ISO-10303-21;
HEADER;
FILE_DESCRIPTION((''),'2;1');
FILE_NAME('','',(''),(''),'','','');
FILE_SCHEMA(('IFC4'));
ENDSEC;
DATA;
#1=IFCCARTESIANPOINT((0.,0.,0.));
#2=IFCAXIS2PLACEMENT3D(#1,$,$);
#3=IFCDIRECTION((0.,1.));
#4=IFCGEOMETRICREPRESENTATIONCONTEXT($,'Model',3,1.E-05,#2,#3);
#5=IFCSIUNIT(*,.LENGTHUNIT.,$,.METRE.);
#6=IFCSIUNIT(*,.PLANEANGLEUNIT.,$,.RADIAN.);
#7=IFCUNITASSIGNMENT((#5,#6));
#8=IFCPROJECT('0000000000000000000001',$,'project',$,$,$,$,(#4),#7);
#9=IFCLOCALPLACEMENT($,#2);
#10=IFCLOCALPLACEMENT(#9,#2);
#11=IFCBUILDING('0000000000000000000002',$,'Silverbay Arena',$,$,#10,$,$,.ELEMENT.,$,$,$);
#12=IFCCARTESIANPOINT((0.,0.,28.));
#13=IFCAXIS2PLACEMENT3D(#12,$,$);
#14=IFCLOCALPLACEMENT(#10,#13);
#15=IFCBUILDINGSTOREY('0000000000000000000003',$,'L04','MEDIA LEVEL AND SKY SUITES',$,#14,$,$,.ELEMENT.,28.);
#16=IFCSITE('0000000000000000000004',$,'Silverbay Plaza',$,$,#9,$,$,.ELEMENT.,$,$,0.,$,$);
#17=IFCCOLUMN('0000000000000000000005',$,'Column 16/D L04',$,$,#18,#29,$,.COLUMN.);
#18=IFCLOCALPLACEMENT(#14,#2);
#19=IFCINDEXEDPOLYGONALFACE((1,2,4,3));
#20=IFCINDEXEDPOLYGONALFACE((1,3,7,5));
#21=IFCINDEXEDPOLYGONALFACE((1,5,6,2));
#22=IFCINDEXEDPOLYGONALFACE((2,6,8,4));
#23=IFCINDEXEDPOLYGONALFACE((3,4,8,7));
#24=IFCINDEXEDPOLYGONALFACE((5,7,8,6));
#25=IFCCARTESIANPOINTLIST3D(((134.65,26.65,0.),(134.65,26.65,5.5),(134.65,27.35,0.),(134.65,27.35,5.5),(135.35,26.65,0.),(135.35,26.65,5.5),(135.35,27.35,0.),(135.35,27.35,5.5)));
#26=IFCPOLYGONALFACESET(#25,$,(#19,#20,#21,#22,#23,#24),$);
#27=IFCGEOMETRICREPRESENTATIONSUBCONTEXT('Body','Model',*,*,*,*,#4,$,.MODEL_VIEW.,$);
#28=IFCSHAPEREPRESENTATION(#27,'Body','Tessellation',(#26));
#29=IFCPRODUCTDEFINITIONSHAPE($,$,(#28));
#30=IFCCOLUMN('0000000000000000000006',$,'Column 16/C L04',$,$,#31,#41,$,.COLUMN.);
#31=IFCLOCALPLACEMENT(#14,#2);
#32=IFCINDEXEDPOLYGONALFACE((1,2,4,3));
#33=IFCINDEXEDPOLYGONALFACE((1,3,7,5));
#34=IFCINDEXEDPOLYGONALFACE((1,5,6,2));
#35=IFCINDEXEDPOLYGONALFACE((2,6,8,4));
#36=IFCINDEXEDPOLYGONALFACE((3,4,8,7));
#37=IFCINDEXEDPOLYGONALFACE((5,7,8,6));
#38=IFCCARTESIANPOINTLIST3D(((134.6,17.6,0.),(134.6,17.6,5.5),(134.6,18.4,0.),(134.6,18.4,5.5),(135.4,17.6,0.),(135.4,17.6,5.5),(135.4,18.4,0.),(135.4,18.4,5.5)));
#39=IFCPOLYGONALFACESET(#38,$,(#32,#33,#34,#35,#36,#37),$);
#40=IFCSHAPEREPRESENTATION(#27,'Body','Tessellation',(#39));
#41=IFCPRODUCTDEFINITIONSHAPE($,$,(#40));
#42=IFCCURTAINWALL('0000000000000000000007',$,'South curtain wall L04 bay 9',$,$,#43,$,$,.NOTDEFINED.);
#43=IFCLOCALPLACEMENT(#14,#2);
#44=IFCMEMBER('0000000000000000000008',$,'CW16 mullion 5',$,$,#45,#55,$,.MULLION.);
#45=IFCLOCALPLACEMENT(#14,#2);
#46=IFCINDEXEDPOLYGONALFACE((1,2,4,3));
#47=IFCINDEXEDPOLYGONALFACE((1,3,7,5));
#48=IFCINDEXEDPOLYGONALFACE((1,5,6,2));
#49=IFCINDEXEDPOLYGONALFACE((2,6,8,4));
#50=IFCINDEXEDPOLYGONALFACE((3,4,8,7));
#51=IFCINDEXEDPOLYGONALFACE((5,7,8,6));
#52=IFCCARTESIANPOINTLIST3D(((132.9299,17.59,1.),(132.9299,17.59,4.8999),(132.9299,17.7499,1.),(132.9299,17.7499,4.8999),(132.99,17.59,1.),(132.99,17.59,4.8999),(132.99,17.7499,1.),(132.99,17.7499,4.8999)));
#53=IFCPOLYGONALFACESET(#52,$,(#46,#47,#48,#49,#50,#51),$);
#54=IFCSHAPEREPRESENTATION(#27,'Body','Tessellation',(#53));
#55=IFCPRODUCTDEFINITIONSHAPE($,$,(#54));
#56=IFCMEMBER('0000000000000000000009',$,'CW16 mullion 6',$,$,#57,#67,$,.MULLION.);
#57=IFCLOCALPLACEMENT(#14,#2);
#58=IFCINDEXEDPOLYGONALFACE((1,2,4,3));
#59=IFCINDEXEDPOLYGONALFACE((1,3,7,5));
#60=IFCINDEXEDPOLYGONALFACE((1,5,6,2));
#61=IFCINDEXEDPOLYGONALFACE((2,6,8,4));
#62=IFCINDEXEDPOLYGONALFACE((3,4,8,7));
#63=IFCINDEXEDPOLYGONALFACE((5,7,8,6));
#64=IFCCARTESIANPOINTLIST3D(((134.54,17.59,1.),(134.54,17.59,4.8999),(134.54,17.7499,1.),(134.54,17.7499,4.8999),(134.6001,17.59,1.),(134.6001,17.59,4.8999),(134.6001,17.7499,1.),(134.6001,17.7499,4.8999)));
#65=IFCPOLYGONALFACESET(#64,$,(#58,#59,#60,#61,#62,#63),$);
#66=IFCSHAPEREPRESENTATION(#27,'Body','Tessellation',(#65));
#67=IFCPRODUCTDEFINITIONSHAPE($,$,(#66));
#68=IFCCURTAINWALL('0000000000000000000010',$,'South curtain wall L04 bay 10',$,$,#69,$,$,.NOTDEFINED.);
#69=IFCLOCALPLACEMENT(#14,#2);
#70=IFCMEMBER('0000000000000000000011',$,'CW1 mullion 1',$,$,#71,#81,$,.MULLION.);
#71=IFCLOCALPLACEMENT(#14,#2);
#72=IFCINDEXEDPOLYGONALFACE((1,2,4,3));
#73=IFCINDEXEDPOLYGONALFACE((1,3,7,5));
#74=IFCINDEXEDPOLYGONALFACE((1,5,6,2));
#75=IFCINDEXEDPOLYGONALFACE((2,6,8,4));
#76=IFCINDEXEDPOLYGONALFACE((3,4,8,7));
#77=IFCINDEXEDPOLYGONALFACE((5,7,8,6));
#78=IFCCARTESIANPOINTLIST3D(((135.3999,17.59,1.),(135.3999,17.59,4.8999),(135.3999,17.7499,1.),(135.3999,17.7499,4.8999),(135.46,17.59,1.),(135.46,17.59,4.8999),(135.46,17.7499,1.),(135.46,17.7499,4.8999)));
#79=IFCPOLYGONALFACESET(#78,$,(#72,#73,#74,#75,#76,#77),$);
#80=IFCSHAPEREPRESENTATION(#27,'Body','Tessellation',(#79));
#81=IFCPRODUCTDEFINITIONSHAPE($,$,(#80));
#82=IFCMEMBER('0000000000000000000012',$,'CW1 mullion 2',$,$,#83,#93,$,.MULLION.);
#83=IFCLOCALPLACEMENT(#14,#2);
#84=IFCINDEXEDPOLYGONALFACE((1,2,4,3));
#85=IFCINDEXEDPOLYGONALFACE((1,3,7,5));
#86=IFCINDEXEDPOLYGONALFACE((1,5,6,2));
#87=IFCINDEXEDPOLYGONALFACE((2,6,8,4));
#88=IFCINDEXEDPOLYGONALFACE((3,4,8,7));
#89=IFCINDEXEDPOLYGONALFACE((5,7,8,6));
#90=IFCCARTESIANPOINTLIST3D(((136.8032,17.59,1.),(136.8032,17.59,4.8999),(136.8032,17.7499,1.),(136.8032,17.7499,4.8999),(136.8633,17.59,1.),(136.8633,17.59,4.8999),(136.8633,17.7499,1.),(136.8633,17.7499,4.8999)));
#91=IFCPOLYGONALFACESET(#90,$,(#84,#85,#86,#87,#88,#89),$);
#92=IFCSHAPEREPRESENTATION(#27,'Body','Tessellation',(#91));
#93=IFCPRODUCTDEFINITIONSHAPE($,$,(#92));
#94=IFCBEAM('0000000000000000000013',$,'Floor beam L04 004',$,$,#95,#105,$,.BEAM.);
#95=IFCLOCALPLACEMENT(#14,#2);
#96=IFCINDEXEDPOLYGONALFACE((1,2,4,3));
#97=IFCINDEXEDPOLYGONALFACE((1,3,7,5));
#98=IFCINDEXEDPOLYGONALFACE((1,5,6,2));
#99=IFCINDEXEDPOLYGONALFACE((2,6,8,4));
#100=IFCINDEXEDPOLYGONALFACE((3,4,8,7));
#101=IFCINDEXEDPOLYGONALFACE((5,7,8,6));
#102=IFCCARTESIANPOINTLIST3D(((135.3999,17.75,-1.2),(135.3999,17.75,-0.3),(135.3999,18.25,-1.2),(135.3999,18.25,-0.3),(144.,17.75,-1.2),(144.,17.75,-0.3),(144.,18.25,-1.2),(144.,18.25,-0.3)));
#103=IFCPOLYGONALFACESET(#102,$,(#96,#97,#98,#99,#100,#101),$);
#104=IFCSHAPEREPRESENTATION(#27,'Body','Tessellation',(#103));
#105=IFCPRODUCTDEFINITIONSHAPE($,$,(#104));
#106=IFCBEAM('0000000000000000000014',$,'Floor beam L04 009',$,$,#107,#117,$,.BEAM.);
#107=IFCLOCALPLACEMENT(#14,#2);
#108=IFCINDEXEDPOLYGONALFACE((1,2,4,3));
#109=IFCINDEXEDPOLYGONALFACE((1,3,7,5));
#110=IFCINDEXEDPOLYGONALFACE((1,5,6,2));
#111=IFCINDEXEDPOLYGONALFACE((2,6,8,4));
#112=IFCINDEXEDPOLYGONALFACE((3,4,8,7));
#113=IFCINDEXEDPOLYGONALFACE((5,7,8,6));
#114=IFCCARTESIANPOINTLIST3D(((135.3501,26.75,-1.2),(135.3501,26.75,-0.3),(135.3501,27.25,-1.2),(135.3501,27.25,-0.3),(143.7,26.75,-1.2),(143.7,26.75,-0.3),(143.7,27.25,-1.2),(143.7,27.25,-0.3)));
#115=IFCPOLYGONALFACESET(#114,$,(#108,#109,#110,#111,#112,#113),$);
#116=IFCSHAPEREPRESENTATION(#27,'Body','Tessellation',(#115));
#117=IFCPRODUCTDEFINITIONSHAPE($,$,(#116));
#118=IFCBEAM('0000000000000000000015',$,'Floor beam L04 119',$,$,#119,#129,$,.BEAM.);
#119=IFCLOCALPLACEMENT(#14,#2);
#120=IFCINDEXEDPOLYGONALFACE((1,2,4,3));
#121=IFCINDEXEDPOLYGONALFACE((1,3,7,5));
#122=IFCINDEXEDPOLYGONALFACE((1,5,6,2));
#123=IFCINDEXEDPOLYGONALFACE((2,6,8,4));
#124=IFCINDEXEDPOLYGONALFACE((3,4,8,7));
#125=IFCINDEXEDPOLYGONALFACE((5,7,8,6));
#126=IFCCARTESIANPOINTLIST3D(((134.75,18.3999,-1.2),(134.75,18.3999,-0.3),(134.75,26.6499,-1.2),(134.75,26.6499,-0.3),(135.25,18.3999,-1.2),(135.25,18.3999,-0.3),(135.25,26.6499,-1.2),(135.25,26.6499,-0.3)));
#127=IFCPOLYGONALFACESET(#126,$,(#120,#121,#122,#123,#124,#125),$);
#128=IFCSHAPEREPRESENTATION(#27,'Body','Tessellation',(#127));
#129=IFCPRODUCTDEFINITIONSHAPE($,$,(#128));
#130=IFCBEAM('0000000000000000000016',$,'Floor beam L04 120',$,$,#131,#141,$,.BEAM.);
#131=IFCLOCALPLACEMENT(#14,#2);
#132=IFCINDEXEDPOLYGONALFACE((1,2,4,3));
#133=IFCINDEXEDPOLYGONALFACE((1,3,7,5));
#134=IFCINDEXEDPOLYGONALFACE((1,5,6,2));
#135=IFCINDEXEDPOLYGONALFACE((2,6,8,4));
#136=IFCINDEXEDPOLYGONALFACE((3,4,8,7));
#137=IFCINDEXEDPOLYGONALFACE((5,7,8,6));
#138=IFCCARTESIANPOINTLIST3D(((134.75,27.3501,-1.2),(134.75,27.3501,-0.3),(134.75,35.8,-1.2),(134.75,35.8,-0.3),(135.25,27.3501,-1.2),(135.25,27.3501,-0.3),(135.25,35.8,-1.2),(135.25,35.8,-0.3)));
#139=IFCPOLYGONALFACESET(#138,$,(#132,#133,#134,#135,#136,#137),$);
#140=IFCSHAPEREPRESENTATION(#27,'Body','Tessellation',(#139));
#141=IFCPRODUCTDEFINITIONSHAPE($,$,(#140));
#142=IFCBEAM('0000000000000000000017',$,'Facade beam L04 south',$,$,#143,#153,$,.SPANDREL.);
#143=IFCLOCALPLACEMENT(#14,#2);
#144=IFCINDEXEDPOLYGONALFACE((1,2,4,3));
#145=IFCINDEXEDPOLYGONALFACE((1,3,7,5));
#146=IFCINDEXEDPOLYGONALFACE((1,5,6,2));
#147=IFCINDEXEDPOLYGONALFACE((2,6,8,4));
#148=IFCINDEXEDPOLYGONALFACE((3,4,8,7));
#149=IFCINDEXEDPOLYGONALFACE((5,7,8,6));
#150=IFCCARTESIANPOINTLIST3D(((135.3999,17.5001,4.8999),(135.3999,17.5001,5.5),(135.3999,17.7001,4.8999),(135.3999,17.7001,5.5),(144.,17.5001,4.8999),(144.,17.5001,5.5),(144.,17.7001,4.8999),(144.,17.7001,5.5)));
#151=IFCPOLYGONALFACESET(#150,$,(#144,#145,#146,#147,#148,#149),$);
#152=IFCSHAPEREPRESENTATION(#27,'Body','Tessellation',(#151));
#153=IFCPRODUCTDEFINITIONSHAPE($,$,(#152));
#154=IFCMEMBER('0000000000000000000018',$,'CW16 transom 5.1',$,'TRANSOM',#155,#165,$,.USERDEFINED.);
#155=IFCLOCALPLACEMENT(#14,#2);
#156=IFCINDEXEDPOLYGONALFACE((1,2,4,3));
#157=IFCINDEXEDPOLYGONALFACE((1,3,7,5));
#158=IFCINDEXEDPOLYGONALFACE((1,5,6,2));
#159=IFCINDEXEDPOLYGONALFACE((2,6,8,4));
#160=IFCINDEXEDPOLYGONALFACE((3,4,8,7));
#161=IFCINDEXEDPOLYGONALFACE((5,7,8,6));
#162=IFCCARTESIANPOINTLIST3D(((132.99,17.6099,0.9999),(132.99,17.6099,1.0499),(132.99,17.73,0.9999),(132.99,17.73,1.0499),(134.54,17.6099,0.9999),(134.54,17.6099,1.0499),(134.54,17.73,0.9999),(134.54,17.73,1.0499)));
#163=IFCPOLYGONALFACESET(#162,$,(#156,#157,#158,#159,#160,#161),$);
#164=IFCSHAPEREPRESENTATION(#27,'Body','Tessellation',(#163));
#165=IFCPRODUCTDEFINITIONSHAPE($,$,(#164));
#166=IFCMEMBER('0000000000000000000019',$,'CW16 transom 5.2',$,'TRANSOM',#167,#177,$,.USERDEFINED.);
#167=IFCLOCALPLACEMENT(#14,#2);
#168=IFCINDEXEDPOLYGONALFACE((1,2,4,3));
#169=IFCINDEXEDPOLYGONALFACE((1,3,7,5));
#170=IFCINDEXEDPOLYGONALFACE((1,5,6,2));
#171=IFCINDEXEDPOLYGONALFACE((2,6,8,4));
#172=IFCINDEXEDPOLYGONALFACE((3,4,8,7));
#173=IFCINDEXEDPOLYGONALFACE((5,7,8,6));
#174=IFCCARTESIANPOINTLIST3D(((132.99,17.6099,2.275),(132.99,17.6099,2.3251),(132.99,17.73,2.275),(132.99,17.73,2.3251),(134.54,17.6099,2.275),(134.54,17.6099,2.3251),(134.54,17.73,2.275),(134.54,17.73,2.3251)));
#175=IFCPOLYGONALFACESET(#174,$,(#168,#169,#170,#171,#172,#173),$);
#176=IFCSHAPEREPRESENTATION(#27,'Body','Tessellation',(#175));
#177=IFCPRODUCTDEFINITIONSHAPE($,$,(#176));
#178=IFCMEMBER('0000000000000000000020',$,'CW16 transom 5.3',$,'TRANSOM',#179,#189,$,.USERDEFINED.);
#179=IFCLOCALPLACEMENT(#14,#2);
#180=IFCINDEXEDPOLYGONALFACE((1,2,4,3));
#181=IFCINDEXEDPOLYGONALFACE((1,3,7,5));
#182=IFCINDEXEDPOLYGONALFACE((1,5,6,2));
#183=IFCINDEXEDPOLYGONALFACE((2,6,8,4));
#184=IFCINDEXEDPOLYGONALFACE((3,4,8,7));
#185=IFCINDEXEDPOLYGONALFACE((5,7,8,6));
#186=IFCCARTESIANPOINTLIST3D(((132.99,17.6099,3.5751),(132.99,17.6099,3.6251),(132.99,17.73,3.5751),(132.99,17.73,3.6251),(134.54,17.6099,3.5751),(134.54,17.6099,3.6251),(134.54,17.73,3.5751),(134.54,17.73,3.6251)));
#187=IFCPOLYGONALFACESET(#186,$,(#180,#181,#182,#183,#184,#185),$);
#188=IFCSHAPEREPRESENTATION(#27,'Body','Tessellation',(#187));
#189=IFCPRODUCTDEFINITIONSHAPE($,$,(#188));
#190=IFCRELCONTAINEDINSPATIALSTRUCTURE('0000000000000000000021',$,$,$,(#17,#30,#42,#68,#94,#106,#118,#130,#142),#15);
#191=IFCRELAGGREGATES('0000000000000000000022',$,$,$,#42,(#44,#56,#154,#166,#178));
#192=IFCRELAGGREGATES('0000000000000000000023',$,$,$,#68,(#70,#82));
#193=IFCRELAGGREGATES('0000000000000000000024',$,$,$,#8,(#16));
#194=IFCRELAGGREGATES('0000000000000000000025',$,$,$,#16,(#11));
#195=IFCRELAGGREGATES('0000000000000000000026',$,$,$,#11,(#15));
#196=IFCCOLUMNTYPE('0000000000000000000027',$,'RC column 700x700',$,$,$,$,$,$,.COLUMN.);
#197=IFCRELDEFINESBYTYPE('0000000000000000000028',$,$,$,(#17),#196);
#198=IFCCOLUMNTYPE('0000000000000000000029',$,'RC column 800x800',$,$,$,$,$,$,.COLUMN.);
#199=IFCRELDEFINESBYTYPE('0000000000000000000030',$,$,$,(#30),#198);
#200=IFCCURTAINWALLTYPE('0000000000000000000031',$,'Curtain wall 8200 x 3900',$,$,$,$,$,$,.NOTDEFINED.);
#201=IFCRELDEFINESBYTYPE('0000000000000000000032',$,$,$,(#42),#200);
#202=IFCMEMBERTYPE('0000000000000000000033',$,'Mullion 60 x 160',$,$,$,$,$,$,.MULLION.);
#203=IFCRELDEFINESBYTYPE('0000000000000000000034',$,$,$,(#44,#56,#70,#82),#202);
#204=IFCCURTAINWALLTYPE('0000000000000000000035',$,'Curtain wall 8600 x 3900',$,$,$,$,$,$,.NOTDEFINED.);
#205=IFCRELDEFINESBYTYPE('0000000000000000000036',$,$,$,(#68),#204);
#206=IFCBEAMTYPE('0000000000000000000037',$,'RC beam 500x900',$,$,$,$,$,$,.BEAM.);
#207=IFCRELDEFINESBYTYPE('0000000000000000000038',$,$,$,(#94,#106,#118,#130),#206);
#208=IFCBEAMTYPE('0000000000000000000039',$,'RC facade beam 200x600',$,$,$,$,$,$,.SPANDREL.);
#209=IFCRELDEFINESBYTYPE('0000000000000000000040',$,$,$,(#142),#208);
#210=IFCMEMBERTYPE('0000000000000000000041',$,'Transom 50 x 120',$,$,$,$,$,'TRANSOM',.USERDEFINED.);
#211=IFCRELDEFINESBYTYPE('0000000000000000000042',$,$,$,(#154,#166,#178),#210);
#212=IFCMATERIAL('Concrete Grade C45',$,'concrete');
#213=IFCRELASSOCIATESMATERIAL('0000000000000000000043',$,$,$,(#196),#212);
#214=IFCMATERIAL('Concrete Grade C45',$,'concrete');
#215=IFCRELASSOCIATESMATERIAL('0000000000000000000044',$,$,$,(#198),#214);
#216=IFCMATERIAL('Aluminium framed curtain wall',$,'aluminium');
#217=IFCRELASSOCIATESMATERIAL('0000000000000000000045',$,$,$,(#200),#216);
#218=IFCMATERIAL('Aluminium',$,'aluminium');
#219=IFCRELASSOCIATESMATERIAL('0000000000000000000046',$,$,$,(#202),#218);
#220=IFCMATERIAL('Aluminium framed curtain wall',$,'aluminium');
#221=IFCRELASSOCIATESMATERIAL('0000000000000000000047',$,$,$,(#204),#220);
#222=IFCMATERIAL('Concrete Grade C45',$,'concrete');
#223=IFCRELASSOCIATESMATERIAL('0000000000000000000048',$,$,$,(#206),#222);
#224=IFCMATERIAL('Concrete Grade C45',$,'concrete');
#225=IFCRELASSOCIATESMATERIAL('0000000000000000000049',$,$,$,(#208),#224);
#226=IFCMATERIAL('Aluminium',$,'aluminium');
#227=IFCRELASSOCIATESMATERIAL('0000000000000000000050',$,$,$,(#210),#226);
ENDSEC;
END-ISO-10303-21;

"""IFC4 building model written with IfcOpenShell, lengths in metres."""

from ifc_helpers import new_model, si_unit, direction, frame, origin, origin_2d, place, context, subcontext, project, spatial, rectangle, extrude, material, material_profile, profile_set, type_object, element, aggregate, save


model = new_model("IFC4")

# Units and contexts
model_context = context("Model", 3, precision=1e-05, world=origin(), true_north=direction((0.0, 1.0)))
body_context = subcontext(model_context, "Body", "Model", "MODEL_VIEW")
ifc_project = project(units=[si_unit("LENGTHUNIT", "METRE"), si_unit("PLANEANGLEUNIT", "RADIAN")], contexts=[model_context])

# Site, building, storey
site_placement = place(None, origin())
site = spatial("IfcSite", under=ifc_project, at=site_placement, Name="Silverbay Plaza", CompositionType="ELEMENT", RefElevation=0.0)
building_placement = place(site_placement, origin())
building = spatial("IfcBuilding", under=site, at=building_placement, Name="Silverbay Arena", CompositionType="ELEMENT")
storey_placement = place(building_placement, frame((0.0, 0.0, 28.0)))
storey = spatial("IfcBuildingStorey", under=building, at=storey_placement, Name="L04", Description="MEDIA LEVEL AND SKY SUITES", CompositionType="ELEMENT", Elevation=28.0)

# Columns
ifc_material_1 = material(Name="Concrete Grade C45", Category="concrete")
ifc_material_profile_1 = material_profile(ifc_material_1, rectangle(XDim=0.7, YDim=0.7, at=origin_2d()), Name="RC 700x700")
ifc_profile_set_1 = profile_set([ifc_material_profile_1], Name="Concrete Grade C45")
column_type_1 = type_object("IfcColumnType", Name="RC column 700x700", PredefinedType="COLUMN", material=ifc_profile_set_1)
column_1_placement = place(storey_placement, frame((135.0, 27.0, 0.0), z_axis=(0.0, 0.0, 1.0), x_axis=(1.0, 0.0, 0.0)))
element("IfcColumn", 1, at=column_1_placement, inside=storey, type_object=column_type_1, Name="Column 16/D L04", PredefinedType="COLUMN", context=body_context, shape_type="SweptSolid", body=[
    extrude(rectangle(XDim=0.7, YDim=0.7, at=origin_2d()), origin(), (0.0, 0.0, 1.0), 5.5),
])
ifc_material_2 = material(Name="Concrete Grade C45", Category="concrete")
ifc_material_profile_2 = material_profile(ifc_material_2, rectangle(XDim=0.8, YDim=0.8, at=origin_2d()), Name="RC 800x800")
ifc_profile_set_2 = profile_set([ifc_material_profile_2], Name="Concrete Grade C45")
column_type_2 = type_object("IfcColumnType", Name="RC column 800x800", PredefinedType="COLUMN", material=ifc_profile_set_2)
column_2_placement = place(storey_placement, frame((135.0, 18.0, 0.0), z_axis=(0.0, 0.0, 1.0), x_axis=(1.0, 0.0, 0.0)))
element("IfcColumn", 2, at=column_2_placement, inside=storey, type_object=column_type_2, Name="Column 16/C L04", PredefinedType="COLUMN", context=body_context, shape_type="SweptSolid", body=[
    extrude(rectangle(XDim=0.8, YDim=0.8, at=origin_2d()), origin(), (0.0, 0.0, 1.0), 5.5),
])

# Curtain walls, members
ifc_material_3 = material(Name="Aluminium framed curtain wall", Category="aluminium")
curtain_wall_type_1 = type_object("IfcCurtainWallType", Name="Curtain wall 8200 x 3900", PredefinedType="NOTDEFINED", material=ifc_material_3)
curtain_wall_1_placement = place(storey_placement, origin())
curtain_wall_1 = element("IfcCurtainWall", 3, at=curtain_wall_1_placement, inside=storey, type_object=curtain_wall_type_1, Name="South curtain wall L04 bay 9", PredefinedType="NOTDEFINED")
ifc_material_4 = material(Name="Aluminium", Category="aluminium")
ifc_material_profile_3 = material_profile(ifc_material_4, rectangle(XDim=0.1599, YDim=0.0601, at=origin_2d()), Name="Mullion 60 x 160")
ifc_profile_set_3 = profile_set([ifc_material_profile_3], Name="Aluminium")
member_type_1 = type_object("IfcMemberType", Name="Mullion 60 x 160", PredefinedType="MULLION", material=ifc_profile_set_3)
member_1_placement = place(storey_placement, frame((132.96, 17.6699, 1.0), z_axis=(0.0, 0.0, 1.0), x_axis=(0.0, 1.0, 0.0)))
member_1 = element("IfcMember", 4, at=member_1_placement, type_object=member_type_1, Name="CW16 mullion 5", PredefinedType="MULLION", context=body_context, shape_type="SweptSolid", body=[
    extrude(rectangle(XDim=0.1599, YDim=0.0601, at=origin_2d()), origin(), (0.0, 0.0, 1.0), 3.8999),
])
member_2_placement = place(storey_placement, frame((134.5701, 17.6699, 1.0), z_axis=(0.0, 0.0, 1.0), x_axis=(0.0, 1.0, 0.0)))
member_2 = element("IfcMember", 5, at=member_2_placement, type_object=member_type_1, Name="CW16 mullion 6", PredefinedType="MULLION", context=body_context, shape_type="SweptSolid", body=[
    extrude(rectangle(XDim=0.1599, YDim=0.0601, at=origin_2d()), origin(), (0.0, 0.0, 1.0), 3.8999),
])
ifc_material_5 = material(Name="Aluminium framed curtain wall", Category="aluminium")
curtain_wall_type_2 = type_object("IfcCurtainWallType", Name="Curtain wall 8600 x 3900", PredefinedType="NOTDEFINED", material=ifc_material_5)
curtain_wall_2_placement = place(storey_placement, origin())
curtain_wall_2 = element("IfcCurtainWall", 6, at=curtain_wall_2_placement, inside=storey, type_object=curtain_wall_type_2, Name="South curtain wall L04 bay 10", PredefinedType="NOTDEFINED")
member_3_placement = place(storey_placement, frame((135.4299, 17.6699, 1.0), z_axis=(0.0, 0.0, 1.0), x_axis=(0.0, 1.0, 0.0)))
member_3 = element("IfcMember", 7, at=member_3_placement, type_object=member_type_1, Name="CW1 mullion 1", PredefinedType="MULLION", context=body_context, shape_type="SweptSolid", body=[
    extrude(rectangle(XDim=0.1599, YDim=0.0601, at=origin_2d()), origin(), (0.0, 0.0, 1.0), 3.8999),
])
member_4_placement = place(storey_placement, frame((136.8333, 17.6699, 1.0), z_axis=(0.0, 0.0, 1.0), x_axis=(0.0, 1.0, 0.0)))
member_4 = element("IfcMember", 8, at=member_4_placement, type_object=member_type_1, Name="CW1 mullion 2", PredefinedType="MULLION", context=body_context, shape_type="SweptSolid", body=[
    extrude(rectangle(XDim=0.1599, YDim=0.0601, at=origin_2d()), origin(), (0.0, 0.0, 1.0), 3.8999),
])

# Beams
ifc_material_6 = material(Name="Concrete Grade C45", Category="concrete")
ifc_material_profile_4 = material_profile(ifc_material_6, rectangle(XDim=0.5, YDim=0.8999, at=origin_2d()), Name="RC 500x900")
ifc_profile_set_4 = profile_set([ifc_material_profile_4], Name="Concrete Grade C45")
beam_type_1 = type_object("IfcBeamType", Name="RC beam 500x900", PredefinedType="BEAM", material=ifc_profile_set_4)
beam_1_placement = place(storey_placement, frame((135.3999, 18.0, -0.75), z_axis=(1.0, 0.0, 0.0), x_axis=(0.0, 1.0, 0.0)))
element("IfcBeam", 9, at=beam_1_placement, inside=storey, type_object=beam_type_1, Name="Floor beam L04 004", PredefinedType="BEAM", context=body_context, shape_type="SweptSolid", body=[
    extrude(rectangle(XDim=0.5, YDim=0.8999, at=origin_2d()), origin(), (0.0, 0.0, 1.0), 8.6001),
])
beam_2_placement = place(storey_placement, frame((135.3501, 27.0, -0.75), z_axis=(1.0, 0.0, 0.0), x_axis=(0.0, 1.0, 0.0)))
element("IfcBeam", 10, at=beam_2_placement, inside=storey, type_object=beam_type_1, Name="Floor beam L04 009", PredefinedType="BEAM", context=body_context, shape_type="SweptSolid", body=[
    extrude(rectangle(XDim=0.5, YDim=0.8999, at=origin_2d()), origin(), (0.0, 0.0, 1.0), 8.3499),
])
beam_3_placement = place(storey_placement, frame((135.0, 18.3999, -0.75), z_axis=(0.0, 1.0, 0.0), x_axis=(-1.0, 0.0, 0.0)))
element("IfcBeam", 11, at=beam_3_placement, inside=storey, type_object=beam_type_1, Name="Floor beam L04 119", PredefinedType="BEAM", context=body_context, shape_type="SweptSolid", body=[
    extrude(rectangle(XDim=0.5, YDim=0.8999, at=origin_2d()), origin(), (0.0, 0.0, 1.0), 8.25),
])
beam_4_placement = place(storey_placement, frame((135.0, 27.3501, -0.75), z_axis=(0.0, 1.0, 0.0), x_axis=(-1.0, 0.0, 0.0)))
element("IfcBeam", 12, at=beam_4_placement, inside=storey, type_object=beam_type_1, Name="Floor beam L04 120", PredefinedType="BEAM", context=body_context, shape_type="SweptSolid", body=[
    extrude(rectangle(XDim=0.5, YDim=0.8999, at=origin_2d()), origin(), (0.0, 0.0, 1.0), 8.45),
])
ifc_material_7 = material(Name="Concrete Grade C45", Category="concrete")
ifc_material_profile_5 = material_profile(ifc_material_7, rectangle(XDim=0.2, YDim=0.6001, at=origin_2d()), Name="RC 200x600")
ifc_profile_set_5 = profile_set([ifc_material_profile_5], Name="Concrete Grade C45")
beam_type_2 = type_object("IfcBeamType", Name="RC facade beam 200x600", PredefinedType="SPANDREL", material=ifc_profile_set_5)
beam_5_placement = place(storey_placement, frame((135.3999, 17.6001, 5.2), z_axis=(1.0, 0.0, 0.0), x_axis=(0.0, 1.0, 0.0)))
element("IfcBeam", 13, at=beam_5_placement, inside=storey, type_object=beam_type_2, Name="Facade beam L04 south", PredefinedType="SPANDREL", context=body_context, shape_type="SweptSolid", body=[
    extrude(rectangle(XDim=0.2, YDim=0.6001, at=origin_2d()), origin(), (0.0, 0.0, 1.0), 8.6001),
])

# Members
ifc_material_8 = material(Name="Aluminium", Category="aluminium")
ifc_material_profile_6 = material_profile(ifc_material_8, rectangle(XDim=0.1201, YDim=0.05, at=origin_2d()), Name="Transom 50 x 120")
ifc_profile_set_6 = profile_set([ifc_material_profile_6], Name="Aluminium")
member_type_2 = type_object("IfcMemberType", Name="Transom 50 x 120", ElementType="TRANSOM", PredefinedType="USERDEFINED", material=ifc_profile_set_6)
member_5_placement = place(storey_placement, frame((132.99, 17.6699, 1.0249), z_axis=(1.0, 0.0, 0.0), x_axis=(0.0, 1.0, 0.0)))
member_5 = element("IfcMember", 14, at=member_5_placement, type_object=member_type_2, Name="CW16 transom 5.1", ObjectType="TRANSOM", PredefinedType="USERDEFINED", context=body_context, shape_type="SweptSolid", body=[
    extrude(rectangle(XDim=0.1201, YDim=0.05, at=origin_2d()), origin(), (0.0, 0.0, 1.0), 1.55),
])
member_6_placement = place(storey_placement, frame((132.99, 17.6699, 2.3), z_axis=(1.0, 0.0, 0.0), x_axis=(0.0, 1.0, 0.0)))
member_6 = element("IfcMember", 15, at=member_6_placement, type_object=member_type_2, Name="CW16 transom 5.2", ObjectType="TRANSOM", PredefinedType="USERDEFINED", context=body_context, shape_type="SweptSolid", body=[
    extrude(rectangle(XDim=0.1201, YDim=0.05, at=origin_2d()), origin(), (0.0, 0.0, 1.0), 1.55),
])
member_7_placement = place(storey_placement, frame((132.99, 17.6699, 3.6001), z_axis=(1.0, 0.0, 0.0), x_axis=(0.0, 1.0, 0.0)))
member_7 = element("IfcMember", 16, at=member_7_placement, type_object=member_type_2, Name="CW16 transom 5.3", ObjectType="TRANSOM", PredefinedType="USERDEFINED", context=body_context, shape_type="SweptSolid", body=[
    extrude(rectangle(XDim=0.1201, YDim=0.05, at=origin_2d()), origin(), (0.0, 0.0, 1.0), 1.55),
])

aggregate(curtain_wall_1, [member_1, member_2, member_5, member_6, member_7])
aggregate(curtain_wall_2, [member_3, member_4])

save(model, "model.ifc")
